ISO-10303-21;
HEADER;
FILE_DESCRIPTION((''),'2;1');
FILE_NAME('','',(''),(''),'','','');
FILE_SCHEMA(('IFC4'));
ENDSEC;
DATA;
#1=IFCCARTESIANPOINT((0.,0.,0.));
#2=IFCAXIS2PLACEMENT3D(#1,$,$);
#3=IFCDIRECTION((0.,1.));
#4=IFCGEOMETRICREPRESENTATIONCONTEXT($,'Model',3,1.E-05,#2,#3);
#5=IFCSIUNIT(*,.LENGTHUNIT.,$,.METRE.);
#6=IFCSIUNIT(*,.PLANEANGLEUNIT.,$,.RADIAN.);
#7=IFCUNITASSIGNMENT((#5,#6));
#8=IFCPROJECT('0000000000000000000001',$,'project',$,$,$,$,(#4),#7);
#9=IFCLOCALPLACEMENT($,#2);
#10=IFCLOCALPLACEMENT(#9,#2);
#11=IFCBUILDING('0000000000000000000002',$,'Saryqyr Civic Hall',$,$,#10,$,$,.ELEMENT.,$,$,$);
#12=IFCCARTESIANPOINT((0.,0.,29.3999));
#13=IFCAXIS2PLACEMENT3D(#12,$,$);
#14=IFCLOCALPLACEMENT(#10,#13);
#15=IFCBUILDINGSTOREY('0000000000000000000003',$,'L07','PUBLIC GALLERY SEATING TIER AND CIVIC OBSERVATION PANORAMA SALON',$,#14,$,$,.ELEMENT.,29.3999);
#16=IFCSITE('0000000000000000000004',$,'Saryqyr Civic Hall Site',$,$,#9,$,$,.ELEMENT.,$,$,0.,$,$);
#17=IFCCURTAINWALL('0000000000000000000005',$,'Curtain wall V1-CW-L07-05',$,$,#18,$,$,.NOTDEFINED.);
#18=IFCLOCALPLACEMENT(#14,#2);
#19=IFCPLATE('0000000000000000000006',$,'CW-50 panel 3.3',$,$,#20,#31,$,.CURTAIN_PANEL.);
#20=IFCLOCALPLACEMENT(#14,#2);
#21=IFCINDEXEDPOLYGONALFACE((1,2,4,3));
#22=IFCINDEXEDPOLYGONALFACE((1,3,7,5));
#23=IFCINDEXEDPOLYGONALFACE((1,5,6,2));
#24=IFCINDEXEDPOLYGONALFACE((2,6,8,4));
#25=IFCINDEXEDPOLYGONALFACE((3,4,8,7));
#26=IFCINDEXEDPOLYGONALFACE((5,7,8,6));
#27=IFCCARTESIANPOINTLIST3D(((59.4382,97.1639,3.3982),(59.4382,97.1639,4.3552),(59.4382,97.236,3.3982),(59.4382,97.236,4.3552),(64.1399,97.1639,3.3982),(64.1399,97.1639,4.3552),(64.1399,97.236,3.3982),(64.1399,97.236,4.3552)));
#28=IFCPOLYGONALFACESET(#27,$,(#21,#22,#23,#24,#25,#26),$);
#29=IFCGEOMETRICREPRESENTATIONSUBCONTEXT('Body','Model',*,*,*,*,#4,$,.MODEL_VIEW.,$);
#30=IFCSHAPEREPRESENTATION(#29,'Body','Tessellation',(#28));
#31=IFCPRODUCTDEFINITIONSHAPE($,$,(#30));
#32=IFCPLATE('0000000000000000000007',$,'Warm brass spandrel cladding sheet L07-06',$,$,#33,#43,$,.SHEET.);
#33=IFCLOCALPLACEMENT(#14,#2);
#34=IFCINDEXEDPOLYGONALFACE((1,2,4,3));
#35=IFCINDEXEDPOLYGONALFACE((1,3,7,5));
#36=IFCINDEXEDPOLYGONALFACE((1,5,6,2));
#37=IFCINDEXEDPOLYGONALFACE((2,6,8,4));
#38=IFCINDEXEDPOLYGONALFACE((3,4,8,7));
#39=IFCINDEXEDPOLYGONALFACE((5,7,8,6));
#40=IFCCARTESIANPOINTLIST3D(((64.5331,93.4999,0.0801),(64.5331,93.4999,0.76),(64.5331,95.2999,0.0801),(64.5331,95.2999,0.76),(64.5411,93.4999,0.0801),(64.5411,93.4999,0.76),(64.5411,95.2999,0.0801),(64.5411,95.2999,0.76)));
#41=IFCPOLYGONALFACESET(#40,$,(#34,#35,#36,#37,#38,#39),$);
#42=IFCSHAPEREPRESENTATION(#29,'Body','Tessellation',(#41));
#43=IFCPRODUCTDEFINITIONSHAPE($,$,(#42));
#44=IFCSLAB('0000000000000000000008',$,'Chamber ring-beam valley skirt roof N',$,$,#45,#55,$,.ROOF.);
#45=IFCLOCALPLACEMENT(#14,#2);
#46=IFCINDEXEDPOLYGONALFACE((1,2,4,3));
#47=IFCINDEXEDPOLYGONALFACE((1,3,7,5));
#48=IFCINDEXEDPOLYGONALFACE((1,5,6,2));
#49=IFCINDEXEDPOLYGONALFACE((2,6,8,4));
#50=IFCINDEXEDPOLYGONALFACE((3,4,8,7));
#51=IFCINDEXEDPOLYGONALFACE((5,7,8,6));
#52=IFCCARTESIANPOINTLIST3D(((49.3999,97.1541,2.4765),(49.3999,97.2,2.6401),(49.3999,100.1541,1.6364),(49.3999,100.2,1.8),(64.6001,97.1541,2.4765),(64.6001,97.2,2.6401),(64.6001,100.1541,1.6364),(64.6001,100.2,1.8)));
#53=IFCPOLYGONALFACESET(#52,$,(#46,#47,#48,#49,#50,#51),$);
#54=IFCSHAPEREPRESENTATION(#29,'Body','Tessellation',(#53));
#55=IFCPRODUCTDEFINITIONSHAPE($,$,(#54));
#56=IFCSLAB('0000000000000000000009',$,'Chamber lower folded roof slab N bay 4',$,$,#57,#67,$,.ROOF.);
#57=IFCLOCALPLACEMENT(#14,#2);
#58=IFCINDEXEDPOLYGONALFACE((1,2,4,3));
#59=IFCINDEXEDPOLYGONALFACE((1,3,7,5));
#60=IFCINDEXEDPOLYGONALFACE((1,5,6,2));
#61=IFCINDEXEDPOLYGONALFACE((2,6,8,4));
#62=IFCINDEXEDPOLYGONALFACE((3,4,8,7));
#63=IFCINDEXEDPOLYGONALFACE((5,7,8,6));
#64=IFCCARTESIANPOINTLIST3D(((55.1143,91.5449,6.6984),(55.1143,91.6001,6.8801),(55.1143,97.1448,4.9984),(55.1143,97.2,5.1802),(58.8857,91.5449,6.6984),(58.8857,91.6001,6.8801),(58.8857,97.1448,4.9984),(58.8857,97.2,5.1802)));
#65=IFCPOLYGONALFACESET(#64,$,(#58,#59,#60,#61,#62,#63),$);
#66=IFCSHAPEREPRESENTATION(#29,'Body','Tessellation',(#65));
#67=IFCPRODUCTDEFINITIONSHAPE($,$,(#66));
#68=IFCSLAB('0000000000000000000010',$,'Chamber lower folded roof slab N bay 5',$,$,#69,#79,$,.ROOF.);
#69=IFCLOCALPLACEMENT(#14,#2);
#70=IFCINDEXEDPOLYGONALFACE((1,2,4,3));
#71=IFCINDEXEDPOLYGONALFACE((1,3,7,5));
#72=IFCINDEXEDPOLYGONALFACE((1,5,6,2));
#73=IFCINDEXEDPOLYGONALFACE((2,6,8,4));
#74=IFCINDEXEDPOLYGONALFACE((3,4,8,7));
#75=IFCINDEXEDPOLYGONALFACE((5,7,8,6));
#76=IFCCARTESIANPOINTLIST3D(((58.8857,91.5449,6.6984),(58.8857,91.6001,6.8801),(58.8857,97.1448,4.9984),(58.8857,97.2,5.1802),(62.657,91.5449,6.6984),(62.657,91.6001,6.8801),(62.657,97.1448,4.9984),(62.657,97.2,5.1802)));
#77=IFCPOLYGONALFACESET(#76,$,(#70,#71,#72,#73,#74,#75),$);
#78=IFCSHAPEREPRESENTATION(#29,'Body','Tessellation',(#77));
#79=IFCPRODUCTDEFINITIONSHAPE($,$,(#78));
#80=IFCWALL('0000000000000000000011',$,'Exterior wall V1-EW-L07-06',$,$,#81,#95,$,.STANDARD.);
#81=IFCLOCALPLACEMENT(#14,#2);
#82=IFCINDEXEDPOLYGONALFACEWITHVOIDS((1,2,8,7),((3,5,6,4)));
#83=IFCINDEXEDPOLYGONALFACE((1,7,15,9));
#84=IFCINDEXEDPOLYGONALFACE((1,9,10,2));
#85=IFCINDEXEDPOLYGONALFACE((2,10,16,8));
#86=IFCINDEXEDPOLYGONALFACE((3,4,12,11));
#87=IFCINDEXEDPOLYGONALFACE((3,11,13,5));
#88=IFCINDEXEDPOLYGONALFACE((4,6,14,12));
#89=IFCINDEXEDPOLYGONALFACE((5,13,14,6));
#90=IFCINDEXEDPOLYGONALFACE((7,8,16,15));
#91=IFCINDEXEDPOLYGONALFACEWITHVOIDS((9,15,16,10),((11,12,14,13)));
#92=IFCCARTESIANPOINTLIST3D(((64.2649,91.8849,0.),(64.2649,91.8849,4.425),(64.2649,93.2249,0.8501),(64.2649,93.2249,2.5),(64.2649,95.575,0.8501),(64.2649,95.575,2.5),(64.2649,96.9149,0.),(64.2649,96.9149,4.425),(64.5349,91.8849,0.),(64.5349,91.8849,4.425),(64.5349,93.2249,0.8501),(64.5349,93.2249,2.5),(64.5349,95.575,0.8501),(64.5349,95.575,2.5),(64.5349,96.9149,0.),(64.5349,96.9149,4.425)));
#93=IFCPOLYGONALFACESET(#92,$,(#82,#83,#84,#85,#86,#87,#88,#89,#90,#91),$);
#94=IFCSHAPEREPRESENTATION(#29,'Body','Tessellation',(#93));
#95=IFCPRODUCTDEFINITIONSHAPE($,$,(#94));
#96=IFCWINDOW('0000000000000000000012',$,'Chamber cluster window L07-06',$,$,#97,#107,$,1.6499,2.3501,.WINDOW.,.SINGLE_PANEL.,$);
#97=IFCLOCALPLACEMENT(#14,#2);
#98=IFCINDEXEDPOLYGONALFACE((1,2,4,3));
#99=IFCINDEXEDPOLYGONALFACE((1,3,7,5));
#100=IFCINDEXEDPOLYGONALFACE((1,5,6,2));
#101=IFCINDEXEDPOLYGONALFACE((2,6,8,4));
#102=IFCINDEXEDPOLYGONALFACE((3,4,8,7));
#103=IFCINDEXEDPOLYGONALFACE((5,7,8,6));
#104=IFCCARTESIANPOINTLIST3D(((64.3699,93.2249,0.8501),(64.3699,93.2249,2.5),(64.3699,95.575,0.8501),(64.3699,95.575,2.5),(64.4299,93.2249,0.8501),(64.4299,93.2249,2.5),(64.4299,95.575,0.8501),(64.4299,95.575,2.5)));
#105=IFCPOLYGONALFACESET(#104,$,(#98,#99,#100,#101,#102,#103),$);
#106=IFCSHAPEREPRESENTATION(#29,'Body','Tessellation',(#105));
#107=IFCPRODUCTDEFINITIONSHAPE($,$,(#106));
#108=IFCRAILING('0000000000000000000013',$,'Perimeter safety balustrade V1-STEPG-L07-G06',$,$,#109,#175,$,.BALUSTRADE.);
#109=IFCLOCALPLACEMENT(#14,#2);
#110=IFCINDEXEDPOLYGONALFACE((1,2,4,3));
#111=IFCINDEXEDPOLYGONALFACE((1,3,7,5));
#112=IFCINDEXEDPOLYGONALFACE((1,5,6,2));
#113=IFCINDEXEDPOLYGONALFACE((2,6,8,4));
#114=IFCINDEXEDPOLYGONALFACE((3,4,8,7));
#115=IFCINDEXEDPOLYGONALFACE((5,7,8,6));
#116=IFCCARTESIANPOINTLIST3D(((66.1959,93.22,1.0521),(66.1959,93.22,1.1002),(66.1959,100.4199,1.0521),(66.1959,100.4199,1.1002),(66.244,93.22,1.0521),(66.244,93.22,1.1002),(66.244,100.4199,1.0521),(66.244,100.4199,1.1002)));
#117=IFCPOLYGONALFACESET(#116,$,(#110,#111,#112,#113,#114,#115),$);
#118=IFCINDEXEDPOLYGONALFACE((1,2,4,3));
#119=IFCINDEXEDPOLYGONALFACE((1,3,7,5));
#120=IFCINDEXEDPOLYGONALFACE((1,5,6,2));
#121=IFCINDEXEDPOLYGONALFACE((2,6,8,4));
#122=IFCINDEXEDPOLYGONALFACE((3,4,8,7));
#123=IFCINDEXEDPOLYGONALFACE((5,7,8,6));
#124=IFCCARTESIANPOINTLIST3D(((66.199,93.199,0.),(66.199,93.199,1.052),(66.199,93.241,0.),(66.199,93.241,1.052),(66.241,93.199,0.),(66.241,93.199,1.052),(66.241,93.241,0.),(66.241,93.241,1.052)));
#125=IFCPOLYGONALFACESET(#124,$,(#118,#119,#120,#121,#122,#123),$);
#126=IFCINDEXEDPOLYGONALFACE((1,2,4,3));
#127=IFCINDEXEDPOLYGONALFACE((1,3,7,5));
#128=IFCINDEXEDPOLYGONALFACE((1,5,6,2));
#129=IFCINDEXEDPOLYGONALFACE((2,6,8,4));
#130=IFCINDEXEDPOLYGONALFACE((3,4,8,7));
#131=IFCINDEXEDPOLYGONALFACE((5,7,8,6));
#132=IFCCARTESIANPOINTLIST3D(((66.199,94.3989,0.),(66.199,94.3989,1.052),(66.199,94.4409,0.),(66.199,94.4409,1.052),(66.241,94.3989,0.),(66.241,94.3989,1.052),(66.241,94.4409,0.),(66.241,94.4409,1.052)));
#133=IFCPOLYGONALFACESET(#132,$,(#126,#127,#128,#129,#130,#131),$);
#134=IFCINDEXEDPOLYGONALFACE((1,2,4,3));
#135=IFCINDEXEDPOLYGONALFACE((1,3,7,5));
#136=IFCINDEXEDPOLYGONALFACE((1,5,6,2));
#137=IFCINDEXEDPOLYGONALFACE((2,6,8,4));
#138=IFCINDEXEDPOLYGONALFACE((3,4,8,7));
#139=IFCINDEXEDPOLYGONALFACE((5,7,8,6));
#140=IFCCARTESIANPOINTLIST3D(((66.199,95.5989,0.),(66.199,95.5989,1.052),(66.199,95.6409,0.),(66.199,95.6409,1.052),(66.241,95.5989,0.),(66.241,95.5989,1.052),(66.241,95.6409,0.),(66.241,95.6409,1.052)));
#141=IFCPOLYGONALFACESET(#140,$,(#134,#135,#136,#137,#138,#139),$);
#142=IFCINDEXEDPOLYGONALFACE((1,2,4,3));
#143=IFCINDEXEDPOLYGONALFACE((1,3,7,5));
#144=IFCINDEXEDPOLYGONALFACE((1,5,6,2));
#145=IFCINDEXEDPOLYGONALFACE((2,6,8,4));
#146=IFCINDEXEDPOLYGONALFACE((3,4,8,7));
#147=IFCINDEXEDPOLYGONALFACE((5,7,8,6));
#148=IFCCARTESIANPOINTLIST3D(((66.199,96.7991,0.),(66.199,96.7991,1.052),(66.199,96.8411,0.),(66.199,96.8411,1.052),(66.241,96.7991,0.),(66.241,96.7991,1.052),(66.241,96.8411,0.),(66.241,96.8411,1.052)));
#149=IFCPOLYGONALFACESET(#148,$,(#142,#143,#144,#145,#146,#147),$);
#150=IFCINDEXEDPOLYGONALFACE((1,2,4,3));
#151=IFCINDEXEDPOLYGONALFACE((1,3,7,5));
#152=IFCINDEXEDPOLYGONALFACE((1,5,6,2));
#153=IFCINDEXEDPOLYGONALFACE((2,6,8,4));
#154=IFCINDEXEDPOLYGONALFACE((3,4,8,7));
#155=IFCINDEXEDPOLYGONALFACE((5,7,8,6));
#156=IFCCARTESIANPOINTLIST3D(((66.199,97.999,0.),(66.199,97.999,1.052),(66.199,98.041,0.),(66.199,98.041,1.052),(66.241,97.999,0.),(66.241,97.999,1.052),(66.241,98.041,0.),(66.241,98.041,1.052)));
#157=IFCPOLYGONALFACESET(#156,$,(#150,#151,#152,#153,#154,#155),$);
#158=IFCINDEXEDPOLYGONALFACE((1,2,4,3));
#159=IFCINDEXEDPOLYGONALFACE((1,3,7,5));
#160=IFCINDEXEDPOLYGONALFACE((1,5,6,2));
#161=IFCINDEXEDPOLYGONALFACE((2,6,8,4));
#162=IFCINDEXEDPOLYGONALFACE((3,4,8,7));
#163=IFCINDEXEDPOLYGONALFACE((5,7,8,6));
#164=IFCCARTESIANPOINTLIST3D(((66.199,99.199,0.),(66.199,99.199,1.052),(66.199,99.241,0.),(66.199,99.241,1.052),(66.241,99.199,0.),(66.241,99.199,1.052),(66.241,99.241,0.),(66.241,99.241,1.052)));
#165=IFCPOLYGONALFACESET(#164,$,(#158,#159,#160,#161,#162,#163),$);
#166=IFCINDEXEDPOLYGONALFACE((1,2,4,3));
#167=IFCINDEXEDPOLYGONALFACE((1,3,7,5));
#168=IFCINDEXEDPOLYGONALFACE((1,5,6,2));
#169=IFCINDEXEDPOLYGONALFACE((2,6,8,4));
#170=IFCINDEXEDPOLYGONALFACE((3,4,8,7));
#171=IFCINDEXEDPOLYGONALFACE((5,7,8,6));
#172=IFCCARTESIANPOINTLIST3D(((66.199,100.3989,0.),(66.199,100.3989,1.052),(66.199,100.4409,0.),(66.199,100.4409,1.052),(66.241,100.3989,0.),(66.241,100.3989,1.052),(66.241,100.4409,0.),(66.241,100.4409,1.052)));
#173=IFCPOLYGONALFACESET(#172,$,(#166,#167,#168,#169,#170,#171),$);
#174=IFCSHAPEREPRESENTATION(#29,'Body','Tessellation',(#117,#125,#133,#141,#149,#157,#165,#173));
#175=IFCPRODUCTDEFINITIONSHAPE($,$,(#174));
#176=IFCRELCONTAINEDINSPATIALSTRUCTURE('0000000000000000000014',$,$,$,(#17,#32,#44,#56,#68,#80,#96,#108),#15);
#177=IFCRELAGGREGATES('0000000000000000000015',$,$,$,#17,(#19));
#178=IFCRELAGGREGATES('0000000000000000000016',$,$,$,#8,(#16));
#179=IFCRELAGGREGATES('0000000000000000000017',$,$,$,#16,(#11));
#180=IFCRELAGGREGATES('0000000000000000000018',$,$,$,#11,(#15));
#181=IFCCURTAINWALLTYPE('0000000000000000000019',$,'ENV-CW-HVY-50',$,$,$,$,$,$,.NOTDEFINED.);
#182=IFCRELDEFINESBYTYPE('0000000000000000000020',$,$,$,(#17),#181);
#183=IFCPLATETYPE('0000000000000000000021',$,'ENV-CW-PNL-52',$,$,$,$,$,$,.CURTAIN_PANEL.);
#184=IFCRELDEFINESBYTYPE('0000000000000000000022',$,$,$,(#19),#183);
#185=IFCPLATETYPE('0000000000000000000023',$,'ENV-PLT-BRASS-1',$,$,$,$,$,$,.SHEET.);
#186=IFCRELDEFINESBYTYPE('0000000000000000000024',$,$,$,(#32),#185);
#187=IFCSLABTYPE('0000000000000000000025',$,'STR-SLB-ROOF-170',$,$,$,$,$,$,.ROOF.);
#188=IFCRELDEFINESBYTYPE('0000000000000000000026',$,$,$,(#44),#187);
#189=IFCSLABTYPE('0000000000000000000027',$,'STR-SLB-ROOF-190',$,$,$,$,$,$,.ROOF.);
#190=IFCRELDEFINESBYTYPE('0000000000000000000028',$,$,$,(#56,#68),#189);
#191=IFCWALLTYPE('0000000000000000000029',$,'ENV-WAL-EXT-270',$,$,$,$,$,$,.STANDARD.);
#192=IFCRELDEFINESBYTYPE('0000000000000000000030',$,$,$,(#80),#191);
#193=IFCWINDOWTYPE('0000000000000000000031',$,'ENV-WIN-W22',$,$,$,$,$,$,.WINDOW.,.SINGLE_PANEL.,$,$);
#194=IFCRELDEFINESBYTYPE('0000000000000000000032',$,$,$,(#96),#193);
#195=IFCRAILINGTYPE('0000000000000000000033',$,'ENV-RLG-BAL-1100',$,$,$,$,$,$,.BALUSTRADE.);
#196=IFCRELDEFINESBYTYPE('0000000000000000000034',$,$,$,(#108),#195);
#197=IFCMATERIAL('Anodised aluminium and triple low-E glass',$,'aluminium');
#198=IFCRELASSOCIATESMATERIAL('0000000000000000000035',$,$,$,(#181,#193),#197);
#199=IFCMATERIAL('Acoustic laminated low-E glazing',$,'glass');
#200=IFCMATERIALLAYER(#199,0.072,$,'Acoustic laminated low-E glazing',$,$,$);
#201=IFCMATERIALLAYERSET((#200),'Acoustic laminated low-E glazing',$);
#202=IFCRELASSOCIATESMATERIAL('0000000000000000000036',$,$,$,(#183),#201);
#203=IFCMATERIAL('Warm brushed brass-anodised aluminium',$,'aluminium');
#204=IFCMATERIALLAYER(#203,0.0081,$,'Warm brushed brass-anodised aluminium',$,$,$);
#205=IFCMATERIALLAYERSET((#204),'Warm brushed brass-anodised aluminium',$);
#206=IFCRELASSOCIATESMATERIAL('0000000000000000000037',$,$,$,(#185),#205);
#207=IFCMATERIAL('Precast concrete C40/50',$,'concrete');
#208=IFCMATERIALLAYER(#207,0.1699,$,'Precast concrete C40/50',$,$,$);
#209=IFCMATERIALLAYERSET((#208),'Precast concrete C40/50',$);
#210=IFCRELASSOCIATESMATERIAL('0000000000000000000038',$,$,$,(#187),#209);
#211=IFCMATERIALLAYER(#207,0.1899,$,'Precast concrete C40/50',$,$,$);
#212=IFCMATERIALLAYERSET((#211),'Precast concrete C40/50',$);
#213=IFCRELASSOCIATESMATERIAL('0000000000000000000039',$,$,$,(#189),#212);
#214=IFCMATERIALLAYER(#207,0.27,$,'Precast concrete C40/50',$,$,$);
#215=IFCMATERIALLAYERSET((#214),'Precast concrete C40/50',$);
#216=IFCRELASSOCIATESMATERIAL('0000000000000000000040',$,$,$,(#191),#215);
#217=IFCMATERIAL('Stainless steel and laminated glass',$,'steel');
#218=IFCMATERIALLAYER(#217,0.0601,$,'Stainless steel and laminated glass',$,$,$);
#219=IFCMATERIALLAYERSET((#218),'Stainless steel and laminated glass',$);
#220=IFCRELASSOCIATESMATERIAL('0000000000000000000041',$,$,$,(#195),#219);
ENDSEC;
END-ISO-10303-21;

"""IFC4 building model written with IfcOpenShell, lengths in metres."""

from ifc_helpers import new_model, si_unit, direction, frame, frame_2d, origin, origin_2d, place, context, subcontext, project, spatial, polyline, rectangle, outline, extrude, material, layer, layer_set, type_object, element, fill, aggregate, save


model = new_model("IFC4")

# Units and contexts
model_context = context("Model", 3, precision=1e-05, world=origin(), true_north=direction((0.0, 1.0)))
body_context = subcontext(model_context, "Body", "Model", "MODEL_VIEW")
ifc_project = project(units=[si_unit("LENGTHUNIT", "METRE"), si_unit("PLANEANGLEUNIT", "RADIAN")], contexts=[model_context])

# Site, building, storey
site_placement = place(None, origin())
site = spatial("IfcSite", under=ifc_project, at=site_placement, Name="Saryqyr Civic Hall Site", CompositionType="ELEMENT", RefElevation=0.0)
building_placement = place(site_placement, origin())
building = spatial("IfcBuilding", under=site, at=building_placement, Name="Saryqyr Civic Hall", CompositionType="ELEMENT")
storey_placement = place(building_placement, frame((0.0, 0.0, 29.3999)))
storey = spatial("IfcBuildingStorey", under=building, at=storey_placement, Name="L07", Description="PUBLIC GALLERY SEATING TIER AND CIVIC OBSERVATION PANORAMA SALON", CompositionType="ELEMENT", Elevation=29.3999)

# Curtain wall
ifc_material_1 = material(Name="Anodised aluminium and triple low-E glass", Category="aluminium")
curtain_wall_type = type_object("IfcCurtainWallType", Name="ENV-CW-HVY-50", PredefinedType="NOTDEFINED", material=ifc_material_1)
curtain_wall_placement = place(storey_placement, origin())
curtain_wall = element("IfcCurtainWall", 1, at=curtain_wall_placement, inside=storey, type_object=curtain_wall_type, Name="Curtain wall V1-CW-L07-05", PredefinedType="NOTDEFINED")

# Plates
ifc_material_2 = material(Name="Acoustic laminated low-E glazing", Category="glass")
ifc_layer_1 = layer(ifc_material_2, 0.072, Name="Acoustic laminated low-E glazing")
ifc_layer_set_1 = layer_set([ifc_layer_1], Name="Acoustic laminated low-E glazing")
plate_type_1 = type_object("IfcPlateType", Name="ENV-CW-PNL-52", PredefinedType="CURTAIN_PANEL", material=ifc_layer_set_1)
plate_1_placement = place(storey_placement, frame((61.7891, 97.2, 3.3982), z_axis=(0.0, 0.0, 1.0), x_axis=(1.0, 0.0, 0.0)))
plate_1 = element("IfcPlate", 2, at=plate_1_placement, type_object=plate_type_1, Name="CW-50 panel 3.3", PredefinedType="CURTAIN_PANEL", context=body_context, shape_type="SweptSolid", body=[
    extrude(rectangle(XDim=4.7017, YDim=0.072, at=origin_2d()), origin(), (0.0, 0.0, 1.0), 0.957),
])
aggregate(curtain_wall, [plate_1])
ifc_material_3 = material(Name="Warm brushed brass-anodised aluminium", Category="aluminium")
ifc_layer_2 = layer(ifc_material_3, 0.0081, Name="Warm brushed brass-anodised aluminium")
ifc_layer_set_2 = layer_set([ifc_layer_2], Name="Warm brushed brass-anodised aluminium")
plate_type_2 = type_object("IfcPlateType", Name="ENV-PLT-BRASS-1", PredefinedType="SHEET", material=ifc_layer_set_2)
plate_2_placement = place(storey_placement, frame((64.5371, 94.3999, 0.0801), z_axis=(0.0, 0.0, 1.0), x_axis=(0.0, -1.0, 0.0)))
element("IfcPlate", 3, at=plate_2_placement, inside=storey, type_object=plate_type_2, Name="Warm brass spandrel cladding sheet L07-06", PredefinedType="SHEET", context=body_context, shape_type="SweptSolid", body=[
    extrude(rectangle(XDim=1.8, YDim=0.0081, at=origin_2d()), origin(), (0.0, 0.0, 1.0), 0.6799),
])

# Slabs
ifc_material_4 = material(Name="Precast concrete C40/50", Category="concrete")
ifc_layer_3 = layer(ifc_material_4, 0.1699, Name="Precast concrete C40/50")
ifc_layer_set_3 = layer_set([ifc_layer_3], Name="Precast concrete C40/50")
slab_type_1 = type_object("IfcSlabType", Name="STR-SLB-ROOF-170", PredefinedType="ROOF", material=ifc_layer_set_3)
slab_1_placement = place(storey_placement, frame((64.6001, 100.2, 1.8), z_axis=(0.0, 0.269656, 0.962957), x_axis=(-1.0, 0.0, 0.0)))
element("IfcSlab", 4, at=slab_1_placement, inside=storey, type_object=slab_type_1, Name="Chamber ring-beam valley skirt roof N", PredefinedType="ROOF", context=body_context, shape_type="SweptSolid", body=[
    extrude(outline(polyline([(0.0, 0.0), (15.2002, 0.0), (15.2002, 3.1154), (0.0, 3.1154), (0.0, 0.0)])), origin(), (0.0, 0.0, -1.0), 0.1699),
])
ifc_layer_4 = layer(ifc_material_4, 0.1899, Name="Precast concrete C40/50")
ifc_layer_set_4 = layer_set([ifc_layer_4], Name="Precast concrete C40/50")
slab_type_2 = type_object("IfcSlabType", Name="STR-SLB-ROOF-190", PredefinedType="ROOF", material=ifc_layer_set_4)
slab_2_placement = place(storey_placement, frame((58.8857, 97.2, 5.1802), z_axis=(0.0, 0.290481, 0.956881), x_axis=(-1.0, 0.0, 0.0)))
element("IfcSlab", 5, at=slab_2_placement, inside=storey, type_object=slab_type_2, Name="Chamber lower folded roof slab N bay 4", PredefinedType="ROOF", context=body_context, shape_type="SweptSolid", body=[
    extrude(outline(polyline([(0.0, 0.0), (3.7715, 0.0), (3.7715, 5.8522), (0.0, 5.8522), (0.0, 0.0)])), origin(), (0.0, 0.0, -1.0), 0.1899),
])
slab_3_placement = place(storey_placement, frame((62.657, 97.2, 5.1802), z_axis=(0.0, 0.290481, 0.956881), x_axis=(-1.0, 0.0, 0.0)))
element("IfcSlab", 6, at=slab_3_placement, inside=storey, type_object=slab_type_2, Name="Chamber lower folded roof slab N bay 5", PredefinedType="ROOF", context=body_context, shape_type="SweptSolid", body=[
    extrude(outline(polyline([(0.0, 0.0), (3.7712, 0.0), (3.7712, 5.8522), (0.0, 5.8522), (0.0, 0.0)])), origin(), (0.0, 0.0, -1.0), 0.1899),
])

# Wall, opening, window
ifc_layer_5 = layer(ifc_material_4, 0.27, Name="Precast concrete C40/50")
ifc_layer_set_5 = layer_set([ifc_layer_5], Name="Precast concrete C40/50")
wall_type = type_object("IfcWallType", Name="ENV-WAL-EXT-270", PredefinedType="STANDARD", material=ifc_layer_set_5)
wall_placement = place(storey_placement, frame((64.3999, 96.915, 0.0), z_axis=(0.0, 0.0, 1.0), x_axis=(0.0, -1.0, 0.0)))
wall = element("IfcWall", 7, at=wall_placement, inside=storey, type_object=wall_type, Name="Exterior wall V1-EW-L07-06", PredefinedType="STANDARD", context=body_context, shape_type="SweptSolid", body=[
    extrude(rectangle(XDim=5.03, YDim=0.27, at=frame_2d((2.5151, 0.0))), origin(), (0.0, 0.0, 1.0), 4.425),
])
opening_placement = place(wall_placement, frame((1.3401, 0.0, 0.8501)))
opening = element("IfcOpeningElement", 8, at=opening_placement, cuts=wall, PredefinedType="OPENING", context=body_context, shape_type="SweptSolid", body=[
    extrude(rectangle(XDim=2.3501, YDim=1.6499, at=frame_2d((1.175, 0.825))), frame((0.0, 0.145, 0.0), z_axis=(0.0, -1.0, 0.0), x_axis=(1.0, 0.0, 0.0)), (0.0, 0.0, 1.0), 0.29),
])
window_type = type_object("IfcWindowType", Name="ENV-WIN-W22", PartitioningType="SINGLE_PANEL", PredefinedType="WINDOW", material=ifc_material_1)
window_placement = place(opening_placement, origin())
window = element("IfcWindow", 9, at=window_placement, inside=storey, type_object=window_type, Name="Chamber cluster window L07-06", OverallHeight=1.6499, OverallWidth=2.3501, PartitioningType="SINGLE_PANEL", PredefinedType="WINDOW", context=body_context, shape_type="SweptSolid", body=[
    extrude(rectangle(XDim=2.3501, YDim=1.6499, at=frame_2d((1.175, 0.825))), frame((0.0, 0.03, 0.0), z_axis=(0.0, -1.0, 0.0), x_axis=(1.0, 0.0, 0.0)), (0.0, 0.0, 1.0), 0.0601),
])
fill(opening, window)

# Railing
ifc_material_5 = material(Name="Stainless steel and laminated glass", Category="steel")
ifc_layer_6 = layer(ifc_material_5, 0.0601, Name="Stainless steel and laminated glass")
ifc_layer_set_6 = layer_set([ifc_layer_6], Name="Stainless steel and laminated glass")
railing_type_1 = type_object("IfcRailingType", Name="ENV-RLG-BAL-1100", PredefinedType="BALUSTRADE", material=ifc_layer_set_6)
railing_1_placement = place(storey_placement, frame((66.22, 93.22, 0.0)))
element("IfcRailing", 10, at=railing_1_placement, inside=storey, type_object=railing_type_1, Name="Perimeter safety balustrade V1-STEPG-L07-G06", PredefinedType="BALUSTRADE", context=body_context, shape_type="SweptSolid", body=[
    extrude(rectangle(XDim=0.0481, YDim=0.0481, at=origin_2d()), frame((0.0, 0.0, 1.0762), z_axis=(0.0, 1.0, 0.0), x_axis=(-1.0, 0.0, 0.0)), (0.0, 0.0, 1.0), 7.2),
    extrude(rectangle(XDim=0.042, YDim=0.042, at=origin_2d()), origin(), (0.0, 0.0, 1.0), 1.052),
    extrude(rectangle(XDim=0.042, YDim=0.042, at=origin_2d()), frame((0.0, 1.2, 0.0)), (0.0, 0.0, 1.0), 1.052),
    extrude(rectangle(XDim=0.042, YDim=0.042, at=origin_2d()), frame((0.0, 2.3999, 0.0)), (0.0, 0.0, 1.0), 1.052),
    extrude(rectangle(XDim=0.042, YDim=0.042, at=origin_2d()), frame((0.0, 3.6001, 0.0)), (0.0, 0.0, 1.0), 1.052),
    extrude(rectangle(XDim=0.042, YDim=0.042, at=origin_2d()), frame((0.0, 4.8, 0.0)), (0.0, 0.0, 1.0), 1.052),
    extrude(rectangle(XDim=0.042, YDim=0.042, at=origin_2d()), frame((0.0, 6.0, 0.0)), (0.0, 0.0, 1.0), 1.052),
    extrude(rectangle(XDim=0.042, YDim=0.042, at=origin_2d()), frame((0.0, 7.2, 0.0)), (0.0, 0.0, 1.0), 1.052),
])

save(model, "model.ifc")
